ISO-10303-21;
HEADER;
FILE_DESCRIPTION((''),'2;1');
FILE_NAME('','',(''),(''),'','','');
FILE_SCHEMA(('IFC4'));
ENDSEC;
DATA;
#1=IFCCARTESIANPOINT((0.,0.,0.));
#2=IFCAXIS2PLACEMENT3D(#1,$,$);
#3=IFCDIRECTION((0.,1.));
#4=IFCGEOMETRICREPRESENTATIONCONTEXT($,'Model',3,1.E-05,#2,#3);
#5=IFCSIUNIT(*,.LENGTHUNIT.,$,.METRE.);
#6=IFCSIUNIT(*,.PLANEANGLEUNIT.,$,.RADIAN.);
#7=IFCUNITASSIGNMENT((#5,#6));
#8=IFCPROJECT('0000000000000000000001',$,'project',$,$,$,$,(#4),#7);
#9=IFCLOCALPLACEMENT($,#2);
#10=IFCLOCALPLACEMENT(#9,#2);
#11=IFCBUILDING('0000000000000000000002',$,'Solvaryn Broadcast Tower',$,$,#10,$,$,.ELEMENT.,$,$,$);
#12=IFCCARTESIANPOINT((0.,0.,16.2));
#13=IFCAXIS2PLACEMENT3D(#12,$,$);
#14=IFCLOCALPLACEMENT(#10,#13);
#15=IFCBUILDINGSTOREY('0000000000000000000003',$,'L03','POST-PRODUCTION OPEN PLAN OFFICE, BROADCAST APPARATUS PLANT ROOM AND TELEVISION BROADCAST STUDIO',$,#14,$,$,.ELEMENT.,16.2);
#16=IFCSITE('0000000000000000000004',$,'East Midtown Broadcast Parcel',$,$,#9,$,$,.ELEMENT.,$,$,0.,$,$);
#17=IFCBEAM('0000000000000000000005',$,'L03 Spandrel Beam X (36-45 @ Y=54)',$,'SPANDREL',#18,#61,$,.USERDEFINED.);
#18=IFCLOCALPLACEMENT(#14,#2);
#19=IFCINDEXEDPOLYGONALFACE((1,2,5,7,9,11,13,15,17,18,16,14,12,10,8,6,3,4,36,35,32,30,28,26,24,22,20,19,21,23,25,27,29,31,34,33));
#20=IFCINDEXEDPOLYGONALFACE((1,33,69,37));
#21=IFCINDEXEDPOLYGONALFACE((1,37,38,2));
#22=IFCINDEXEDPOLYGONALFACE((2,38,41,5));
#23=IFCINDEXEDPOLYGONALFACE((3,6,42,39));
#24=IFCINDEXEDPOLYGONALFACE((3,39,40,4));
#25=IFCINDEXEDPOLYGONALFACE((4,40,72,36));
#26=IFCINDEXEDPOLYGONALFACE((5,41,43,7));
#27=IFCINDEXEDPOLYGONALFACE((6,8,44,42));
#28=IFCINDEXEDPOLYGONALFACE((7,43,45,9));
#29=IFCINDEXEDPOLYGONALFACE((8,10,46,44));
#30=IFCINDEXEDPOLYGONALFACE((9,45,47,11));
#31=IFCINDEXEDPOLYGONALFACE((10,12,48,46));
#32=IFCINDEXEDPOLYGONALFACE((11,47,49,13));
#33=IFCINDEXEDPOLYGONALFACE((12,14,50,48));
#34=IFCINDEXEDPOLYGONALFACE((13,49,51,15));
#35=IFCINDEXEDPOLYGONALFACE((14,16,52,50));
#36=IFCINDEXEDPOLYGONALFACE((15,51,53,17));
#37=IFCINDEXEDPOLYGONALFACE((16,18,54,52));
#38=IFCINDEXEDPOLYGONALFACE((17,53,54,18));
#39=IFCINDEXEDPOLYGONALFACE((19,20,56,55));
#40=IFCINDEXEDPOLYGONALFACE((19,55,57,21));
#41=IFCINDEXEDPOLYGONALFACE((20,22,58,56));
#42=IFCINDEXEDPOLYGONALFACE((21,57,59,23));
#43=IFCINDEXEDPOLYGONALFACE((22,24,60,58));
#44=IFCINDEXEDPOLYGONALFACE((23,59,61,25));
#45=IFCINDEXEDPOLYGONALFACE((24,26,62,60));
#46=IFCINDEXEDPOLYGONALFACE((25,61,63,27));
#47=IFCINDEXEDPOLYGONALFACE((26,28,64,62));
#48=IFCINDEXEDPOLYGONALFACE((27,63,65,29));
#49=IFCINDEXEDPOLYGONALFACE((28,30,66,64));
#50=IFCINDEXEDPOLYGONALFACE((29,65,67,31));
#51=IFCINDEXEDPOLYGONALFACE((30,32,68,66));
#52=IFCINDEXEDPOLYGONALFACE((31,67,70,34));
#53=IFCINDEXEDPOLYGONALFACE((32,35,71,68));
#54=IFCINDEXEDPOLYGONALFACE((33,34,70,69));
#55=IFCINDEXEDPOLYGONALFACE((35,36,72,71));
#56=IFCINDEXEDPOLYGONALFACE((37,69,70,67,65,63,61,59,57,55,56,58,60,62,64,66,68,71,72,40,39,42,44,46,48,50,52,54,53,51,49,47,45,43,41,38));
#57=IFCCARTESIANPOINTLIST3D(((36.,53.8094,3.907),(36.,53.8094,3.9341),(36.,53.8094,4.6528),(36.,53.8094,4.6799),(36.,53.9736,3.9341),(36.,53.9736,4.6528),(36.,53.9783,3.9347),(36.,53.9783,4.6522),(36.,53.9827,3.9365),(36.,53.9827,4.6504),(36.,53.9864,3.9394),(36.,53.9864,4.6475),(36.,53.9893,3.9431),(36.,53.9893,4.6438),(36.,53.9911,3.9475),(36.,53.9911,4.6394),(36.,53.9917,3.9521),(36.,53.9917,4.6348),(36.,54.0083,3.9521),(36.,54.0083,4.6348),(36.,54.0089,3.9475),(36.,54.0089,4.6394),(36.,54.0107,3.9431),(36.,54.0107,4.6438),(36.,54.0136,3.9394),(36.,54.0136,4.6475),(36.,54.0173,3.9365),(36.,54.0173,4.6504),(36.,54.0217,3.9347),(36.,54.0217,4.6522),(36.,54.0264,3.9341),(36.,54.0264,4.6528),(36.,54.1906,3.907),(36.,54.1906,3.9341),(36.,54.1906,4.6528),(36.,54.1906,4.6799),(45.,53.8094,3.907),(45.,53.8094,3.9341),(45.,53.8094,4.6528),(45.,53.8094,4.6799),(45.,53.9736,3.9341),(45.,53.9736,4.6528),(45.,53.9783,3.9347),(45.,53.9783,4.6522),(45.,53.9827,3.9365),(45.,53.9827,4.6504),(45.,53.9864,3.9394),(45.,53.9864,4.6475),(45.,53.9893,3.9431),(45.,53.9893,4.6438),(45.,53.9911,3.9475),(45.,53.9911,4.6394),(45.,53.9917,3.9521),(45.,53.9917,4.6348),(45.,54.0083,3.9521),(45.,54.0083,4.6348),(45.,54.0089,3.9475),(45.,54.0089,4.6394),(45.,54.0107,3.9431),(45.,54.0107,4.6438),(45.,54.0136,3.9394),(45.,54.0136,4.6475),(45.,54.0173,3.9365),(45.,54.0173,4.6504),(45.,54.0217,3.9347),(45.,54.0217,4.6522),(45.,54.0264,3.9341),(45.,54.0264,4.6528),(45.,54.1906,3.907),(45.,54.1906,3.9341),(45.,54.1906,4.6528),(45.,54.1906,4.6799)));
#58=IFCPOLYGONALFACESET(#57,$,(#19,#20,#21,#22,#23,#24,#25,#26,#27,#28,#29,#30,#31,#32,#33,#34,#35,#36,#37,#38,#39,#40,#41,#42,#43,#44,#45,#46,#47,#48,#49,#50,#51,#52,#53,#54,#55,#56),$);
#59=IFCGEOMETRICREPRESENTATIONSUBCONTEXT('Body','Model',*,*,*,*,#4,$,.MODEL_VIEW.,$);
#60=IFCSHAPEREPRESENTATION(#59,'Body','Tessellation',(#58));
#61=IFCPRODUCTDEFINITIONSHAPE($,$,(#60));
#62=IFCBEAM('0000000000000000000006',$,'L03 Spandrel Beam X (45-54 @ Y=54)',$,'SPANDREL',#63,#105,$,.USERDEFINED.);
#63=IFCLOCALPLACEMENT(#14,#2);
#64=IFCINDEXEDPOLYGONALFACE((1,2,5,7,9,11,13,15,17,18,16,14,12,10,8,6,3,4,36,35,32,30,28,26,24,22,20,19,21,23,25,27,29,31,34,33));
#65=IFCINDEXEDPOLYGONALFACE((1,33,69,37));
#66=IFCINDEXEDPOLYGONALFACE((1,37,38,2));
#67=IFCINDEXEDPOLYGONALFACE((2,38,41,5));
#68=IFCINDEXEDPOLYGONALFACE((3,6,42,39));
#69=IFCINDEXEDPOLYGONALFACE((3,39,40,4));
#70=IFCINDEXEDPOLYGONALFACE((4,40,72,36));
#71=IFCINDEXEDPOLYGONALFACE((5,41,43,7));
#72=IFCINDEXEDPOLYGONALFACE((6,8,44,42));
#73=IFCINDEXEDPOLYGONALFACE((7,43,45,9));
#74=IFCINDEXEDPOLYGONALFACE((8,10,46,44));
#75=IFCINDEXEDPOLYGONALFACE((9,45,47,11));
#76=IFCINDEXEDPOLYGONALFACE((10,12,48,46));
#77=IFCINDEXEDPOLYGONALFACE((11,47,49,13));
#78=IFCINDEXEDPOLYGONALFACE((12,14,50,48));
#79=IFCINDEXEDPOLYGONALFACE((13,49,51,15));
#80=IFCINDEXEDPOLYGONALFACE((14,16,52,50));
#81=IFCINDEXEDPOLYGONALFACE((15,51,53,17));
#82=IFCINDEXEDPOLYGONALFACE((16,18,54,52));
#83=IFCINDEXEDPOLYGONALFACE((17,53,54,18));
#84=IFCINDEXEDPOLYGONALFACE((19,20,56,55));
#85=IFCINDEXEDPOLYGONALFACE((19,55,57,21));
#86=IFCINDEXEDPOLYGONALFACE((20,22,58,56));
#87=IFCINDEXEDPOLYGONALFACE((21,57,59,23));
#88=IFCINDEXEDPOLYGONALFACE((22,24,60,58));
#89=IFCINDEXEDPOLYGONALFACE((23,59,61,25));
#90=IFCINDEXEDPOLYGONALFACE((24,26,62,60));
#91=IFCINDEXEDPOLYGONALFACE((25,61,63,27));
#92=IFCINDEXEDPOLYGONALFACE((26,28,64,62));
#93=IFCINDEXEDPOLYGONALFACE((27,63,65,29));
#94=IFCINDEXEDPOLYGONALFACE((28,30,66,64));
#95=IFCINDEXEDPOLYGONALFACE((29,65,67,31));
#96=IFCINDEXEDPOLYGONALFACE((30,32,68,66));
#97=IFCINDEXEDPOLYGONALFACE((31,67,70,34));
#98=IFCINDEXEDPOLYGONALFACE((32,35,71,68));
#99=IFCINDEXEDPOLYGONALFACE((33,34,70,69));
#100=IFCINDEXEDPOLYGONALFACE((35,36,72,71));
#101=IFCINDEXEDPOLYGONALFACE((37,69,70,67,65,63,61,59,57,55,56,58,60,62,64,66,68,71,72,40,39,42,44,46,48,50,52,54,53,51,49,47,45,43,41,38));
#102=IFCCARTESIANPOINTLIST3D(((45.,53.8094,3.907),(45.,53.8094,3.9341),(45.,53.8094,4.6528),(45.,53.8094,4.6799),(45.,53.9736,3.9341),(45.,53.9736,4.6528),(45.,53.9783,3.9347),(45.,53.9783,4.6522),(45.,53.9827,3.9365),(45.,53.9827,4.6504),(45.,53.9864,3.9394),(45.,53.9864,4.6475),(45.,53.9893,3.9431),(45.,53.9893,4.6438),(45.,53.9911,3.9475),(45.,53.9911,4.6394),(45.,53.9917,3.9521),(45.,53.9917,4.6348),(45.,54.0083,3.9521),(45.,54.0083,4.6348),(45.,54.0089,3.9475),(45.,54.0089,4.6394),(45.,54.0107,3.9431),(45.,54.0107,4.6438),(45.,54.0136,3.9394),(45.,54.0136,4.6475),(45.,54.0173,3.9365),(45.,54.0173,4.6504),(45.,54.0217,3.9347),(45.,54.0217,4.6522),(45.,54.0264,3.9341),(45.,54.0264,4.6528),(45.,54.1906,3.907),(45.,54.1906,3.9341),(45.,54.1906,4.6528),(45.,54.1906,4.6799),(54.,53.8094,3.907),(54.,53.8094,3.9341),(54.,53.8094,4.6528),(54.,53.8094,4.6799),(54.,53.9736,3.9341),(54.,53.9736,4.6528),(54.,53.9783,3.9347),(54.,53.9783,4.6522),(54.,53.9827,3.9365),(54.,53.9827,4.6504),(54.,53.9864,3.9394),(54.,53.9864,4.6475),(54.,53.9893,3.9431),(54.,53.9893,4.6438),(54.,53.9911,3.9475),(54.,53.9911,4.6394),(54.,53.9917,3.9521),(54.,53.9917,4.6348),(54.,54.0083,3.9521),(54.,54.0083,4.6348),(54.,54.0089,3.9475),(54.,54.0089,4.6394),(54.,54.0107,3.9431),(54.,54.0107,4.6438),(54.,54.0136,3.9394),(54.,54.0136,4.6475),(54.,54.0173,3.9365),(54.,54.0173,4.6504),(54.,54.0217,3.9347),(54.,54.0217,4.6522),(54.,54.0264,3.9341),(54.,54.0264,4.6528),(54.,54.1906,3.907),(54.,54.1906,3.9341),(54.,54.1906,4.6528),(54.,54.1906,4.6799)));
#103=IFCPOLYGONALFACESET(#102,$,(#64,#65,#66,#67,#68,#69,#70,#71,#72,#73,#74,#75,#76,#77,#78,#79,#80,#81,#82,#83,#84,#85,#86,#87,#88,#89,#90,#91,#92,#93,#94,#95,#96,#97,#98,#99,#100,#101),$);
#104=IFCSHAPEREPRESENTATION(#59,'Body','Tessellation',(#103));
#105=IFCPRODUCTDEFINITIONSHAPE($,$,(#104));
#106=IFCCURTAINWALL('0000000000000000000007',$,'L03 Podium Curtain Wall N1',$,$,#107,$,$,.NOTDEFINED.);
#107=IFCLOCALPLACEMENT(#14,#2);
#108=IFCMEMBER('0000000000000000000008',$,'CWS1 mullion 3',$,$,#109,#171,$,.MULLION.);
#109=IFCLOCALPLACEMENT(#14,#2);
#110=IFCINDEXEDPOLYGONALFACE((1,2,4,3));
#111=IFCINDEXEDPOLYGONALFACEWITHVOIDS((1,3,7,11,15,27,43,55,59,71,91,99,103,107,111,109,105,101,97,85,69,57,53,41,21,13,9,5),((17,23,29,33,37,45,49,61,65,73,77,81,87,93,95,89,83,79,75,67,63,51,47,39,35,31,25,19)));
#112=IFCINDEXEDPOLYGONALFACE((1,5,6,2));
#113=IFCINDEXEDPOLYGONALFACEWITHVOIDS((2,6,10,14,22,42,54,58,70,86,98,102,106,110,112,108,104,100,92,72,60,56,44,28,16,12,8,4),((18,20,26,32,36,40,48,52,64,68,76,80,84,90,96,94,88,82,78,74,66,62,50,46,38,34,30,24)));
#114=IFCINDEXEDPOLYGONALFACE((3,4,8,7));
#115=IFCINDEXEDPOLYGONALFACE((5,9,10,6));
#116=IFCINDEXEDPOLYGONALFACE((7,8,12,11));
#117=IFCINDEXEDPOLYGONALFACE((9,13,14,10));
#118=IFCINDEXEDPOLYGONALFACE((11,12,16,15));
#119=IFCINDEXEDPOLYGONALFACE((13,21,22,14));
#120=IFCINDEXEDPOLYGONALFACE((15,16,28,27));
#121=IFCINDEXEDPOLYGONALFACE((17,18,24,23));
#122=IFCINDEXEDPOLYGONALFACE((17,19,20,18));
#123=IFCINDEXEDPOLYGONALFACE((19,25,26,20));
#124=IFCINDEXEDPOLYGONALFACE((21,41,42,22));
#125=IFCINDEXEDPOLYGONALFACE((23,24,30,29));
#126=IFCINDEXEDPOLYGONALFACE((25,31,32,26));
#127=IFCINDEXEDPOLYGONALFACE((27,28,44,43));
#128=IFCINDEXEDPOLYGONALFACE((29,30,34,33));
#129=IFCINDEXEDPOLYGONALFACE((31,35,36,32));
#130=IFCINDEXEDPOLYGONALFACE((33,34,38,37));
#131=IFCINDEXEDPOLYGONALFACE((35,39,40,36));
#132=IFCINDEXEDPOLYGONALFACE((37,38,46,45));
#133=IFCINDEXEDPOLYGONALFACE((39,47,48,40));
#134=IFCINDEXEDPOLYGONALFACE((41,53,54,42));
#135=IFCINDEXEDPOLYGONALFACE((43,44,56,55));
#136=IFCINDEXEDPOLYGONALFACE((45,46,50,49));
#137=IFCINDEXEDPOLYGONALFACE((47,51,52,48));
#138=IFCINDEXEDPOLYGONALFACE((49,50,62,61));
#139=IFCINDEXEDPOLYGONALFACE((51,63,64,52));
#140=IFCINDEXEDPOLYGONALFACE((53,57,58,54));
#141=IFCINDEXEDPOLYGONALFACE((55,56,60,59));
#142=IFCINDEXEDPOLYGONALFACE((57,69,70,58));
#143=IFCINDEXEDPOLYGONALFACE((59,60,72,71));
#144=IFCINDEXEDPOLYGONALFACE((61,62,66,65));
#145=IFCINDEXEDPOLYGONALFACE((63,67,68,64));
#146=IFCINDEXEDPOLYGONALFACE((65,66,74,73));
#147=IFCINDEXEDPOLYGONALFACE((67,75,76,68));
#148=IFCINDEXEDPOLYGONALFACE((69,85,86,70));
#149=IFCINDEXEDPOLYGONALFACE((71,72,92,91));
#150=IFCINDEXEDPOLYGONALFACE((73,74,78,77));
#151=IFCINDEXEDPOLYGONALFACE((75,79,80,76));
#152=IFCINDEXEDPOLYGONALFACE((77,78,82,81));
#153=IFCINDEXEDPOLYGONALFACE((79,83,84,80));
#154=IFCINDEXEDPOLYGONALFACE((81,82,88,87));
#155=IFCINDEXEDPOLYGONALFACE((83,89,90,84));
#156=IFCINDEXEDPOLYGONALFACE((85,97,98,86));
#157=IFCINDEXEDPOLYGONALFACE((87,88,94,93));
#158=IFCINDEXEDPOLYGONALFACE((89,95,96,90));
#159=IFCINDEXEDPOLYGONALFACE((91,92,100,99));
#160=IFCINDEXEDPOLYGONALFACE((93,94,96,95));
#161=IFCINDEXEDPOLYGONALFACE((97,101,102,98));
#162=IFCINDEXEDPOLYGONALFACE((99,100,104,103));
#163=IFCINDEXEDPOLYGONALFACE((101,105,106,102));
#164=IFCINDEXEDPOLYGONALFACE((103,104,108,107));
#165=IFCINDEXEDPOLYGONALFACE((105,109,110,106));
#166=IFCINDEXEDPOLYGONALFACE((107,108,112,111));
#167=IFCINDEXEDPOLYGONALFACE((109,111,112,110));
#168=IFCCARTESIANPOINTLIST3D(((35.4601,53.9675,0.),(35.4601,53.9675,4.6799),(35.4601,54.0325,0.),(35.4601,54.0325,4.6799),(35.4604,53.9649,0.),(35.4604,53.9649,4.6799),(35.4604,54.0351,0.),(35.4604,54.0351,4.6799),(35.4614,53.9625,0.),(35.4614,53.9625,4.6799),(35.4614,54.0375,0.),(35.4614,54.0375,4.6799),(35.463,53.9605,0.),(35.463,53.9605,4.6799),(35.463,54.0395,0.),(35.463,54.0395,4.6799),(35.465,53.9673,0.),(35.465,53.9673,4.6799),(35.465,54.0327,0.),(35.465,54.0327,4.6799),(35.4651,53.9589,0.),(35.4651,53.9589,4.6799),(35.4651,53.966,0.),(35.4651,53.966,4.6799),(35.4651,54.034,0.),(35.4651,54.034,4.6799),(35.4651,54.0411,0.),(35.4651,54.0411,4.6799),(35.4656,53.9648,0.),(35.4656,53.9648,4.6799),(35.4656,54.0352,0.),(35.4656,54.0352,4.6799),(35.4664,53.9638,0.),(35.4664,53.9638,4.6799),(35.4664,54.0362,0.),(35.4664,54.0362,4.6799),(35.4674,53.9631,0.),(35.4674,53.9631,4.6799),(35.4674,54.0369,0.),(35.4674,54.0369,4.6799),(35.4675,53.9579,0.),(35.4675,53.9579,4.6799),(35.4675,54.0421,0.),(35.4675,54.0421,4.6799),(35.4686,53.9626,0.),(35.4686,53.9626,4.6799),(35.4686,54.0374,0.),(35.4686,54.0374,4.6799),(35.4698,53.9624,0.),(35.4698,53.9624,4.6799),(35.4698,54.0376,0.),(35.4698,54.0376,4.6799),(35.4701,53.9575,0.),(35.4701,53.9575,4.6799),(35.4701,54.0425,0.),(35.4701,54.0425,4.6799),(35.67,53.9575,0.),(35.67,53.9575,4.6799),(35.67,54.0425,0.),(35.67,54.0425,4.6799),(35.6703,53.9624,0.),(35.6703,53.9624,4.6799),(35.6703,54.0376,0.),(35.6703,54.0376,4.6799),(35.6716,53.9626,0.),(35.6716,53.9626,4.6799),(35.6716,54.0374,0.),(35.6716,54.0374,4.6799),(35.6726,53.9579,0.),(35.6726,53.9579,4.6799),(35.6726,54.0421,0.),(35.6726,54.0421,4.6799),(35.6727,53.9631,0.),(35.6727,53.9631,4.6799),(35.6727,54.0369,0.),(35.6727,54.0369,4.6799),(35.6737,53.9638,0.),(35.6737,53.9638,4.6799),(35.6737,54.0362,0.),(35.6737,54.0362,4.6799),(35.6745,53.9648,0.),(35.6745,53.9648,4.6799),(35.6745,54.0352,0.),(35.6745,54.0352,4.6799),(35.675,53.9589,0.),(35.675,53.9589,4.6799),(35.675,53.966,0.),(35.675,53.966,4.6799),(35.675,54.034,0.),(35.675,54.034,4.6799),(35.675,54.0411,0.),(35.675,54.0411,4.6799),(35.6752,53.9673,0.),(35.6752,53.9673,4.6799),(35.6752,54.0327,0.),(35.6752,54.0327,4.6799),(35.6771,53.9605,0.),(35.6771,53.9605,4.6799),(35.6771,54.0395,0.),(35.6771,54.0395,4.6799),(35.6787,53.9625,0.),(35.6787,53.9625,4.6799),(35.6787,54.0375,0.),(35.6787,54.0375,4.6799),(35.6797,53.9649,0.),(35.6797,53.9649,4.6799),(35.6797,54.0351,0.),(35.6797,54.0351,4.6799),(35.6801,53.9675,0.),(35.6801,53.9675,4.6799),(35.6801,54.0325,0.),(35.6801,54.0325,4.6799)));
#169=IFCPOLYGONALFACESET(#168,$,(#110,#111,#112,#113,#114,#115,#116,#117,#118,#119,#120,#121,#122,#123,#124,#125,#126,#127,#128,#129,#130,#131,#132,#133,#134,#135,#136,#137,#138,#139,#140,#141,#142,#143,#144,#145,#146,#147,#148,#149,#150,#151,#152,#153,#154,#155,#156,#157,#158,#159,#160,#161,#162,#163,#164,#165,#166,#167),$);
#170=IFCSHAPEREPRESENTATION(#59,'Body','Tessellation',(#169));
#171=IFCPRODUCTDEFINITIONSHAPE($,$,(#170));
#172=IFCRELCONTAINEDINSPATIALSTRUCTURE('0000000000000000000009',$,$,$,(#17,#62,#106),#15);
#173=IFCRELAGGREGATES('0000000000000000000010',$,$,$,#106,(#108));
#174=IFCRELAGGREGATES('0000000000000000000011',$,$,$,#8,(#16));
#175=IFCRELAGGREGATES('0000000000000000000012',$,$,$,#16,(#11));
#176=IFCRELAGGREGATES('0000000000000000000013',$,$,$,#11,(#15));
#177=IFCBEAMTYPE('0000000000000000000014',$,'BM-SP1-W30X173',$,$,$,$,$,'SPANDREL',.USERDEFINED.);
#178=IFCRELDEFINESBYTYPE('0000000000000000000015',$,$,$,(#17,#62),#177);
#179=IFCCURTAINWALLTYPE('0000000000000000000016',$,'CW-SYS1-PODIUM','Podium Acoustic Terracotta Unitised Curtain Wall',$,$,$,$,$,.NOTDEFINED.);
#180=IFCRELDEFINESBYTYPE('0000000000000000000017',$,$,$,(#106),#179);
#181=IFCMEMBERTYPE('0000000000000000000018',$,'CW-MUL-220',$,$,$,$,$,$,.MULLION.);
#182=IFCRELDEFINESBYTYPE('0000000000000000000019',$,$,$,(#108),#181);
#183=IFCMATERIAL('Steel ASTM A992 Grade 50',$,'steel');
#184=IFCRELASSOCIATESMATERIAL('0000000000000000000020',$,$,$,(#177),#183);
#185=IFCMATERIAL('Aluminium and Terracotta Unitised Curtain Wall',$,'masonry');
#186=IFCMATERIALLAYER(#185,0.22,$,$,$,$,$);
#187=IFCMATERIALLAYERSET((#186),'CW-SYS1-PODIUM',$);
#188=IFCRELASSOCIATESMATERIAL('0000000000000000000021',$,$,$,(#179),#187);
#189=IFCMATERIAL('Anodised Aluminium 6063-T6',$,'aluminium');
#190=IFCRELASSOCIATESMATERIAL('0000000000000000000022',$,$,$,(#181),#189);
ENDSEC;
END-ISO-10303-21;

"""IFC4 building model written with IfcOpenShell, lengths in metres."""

from ifc_helpers import new_model, si_unit, direction, frame, origin, origin_2d, place, context, subcontext, project, spatial, hollow_rectangle, i_section, extrude, material, layer, layer_set, material_profile, profile_set, type_object, element, aggregate, save


model = new_model("IFC4")

# Units and contexts
model_context = context("Model", 3, precision=1e-05, world=origin(), true_north=direction((0.0, 1.0)))
body_context = subcontext(model_context, "Body", "Model", "MODEL_VIEW")
ifc_project = project(units=[si_unit("LENGTHUNIT", "METRE"), si_unit("PLANEANGLEUNIT", "RADIAN")], contexts=[model_context])

# Site, building, storey
site_placement = place(None, origin())
site = spatial("IfcSite", under=ifc_project, at=site_placement, Name="East Midtown Broadcast Parcel", CompositionType="ELEMENT", RefElevation=0.0)
building_placement = place(site_placement, origin())
building = spatial("IfcBuilding", under=site, at=building_placement, Name="Solvaryn Broadcast Tower", CompositionType="ELEMENT")
storey_placement = place(building_placement, frame((0.0, 0.0, 16.2)))
storey = spatial("IfcBuildingStorey", under=building, at=storey_placement, Name="L03", Description="POST-PRODUCTION OPEN PLAN OFFICE, BROADCAST APPARATUS PLANT ROOM AND TELEVISION BROADCAST STUDIO", CompositionType="ELEMENT", Elevation=16.2)

# Beams
ifc_material_1 = material(Name="Steel ASTM A992 Grade 50", Category="steel")
ifc_material_profile_1 = material_profile(ifc_material_1, i_section(OverallWidth=0.3811, OverallDepth=0.7729, WebThickness=0.0166, FlangeThickness=0.0271, FilletRadius=0.0181, at=origin_2d()))
ifc_profile_set_1 = profile_set([ifc_material_profile_1], Name="Steel ASTM A992 Grade 50")
beam_type_1 = type_object("IfcBeamType", Name="BM-SP1-W30X173", ElementType="SPANDREL", PredefinedType="USERDEFINED", material=ifc_profile_set_1)
for number, where, z_axis, x_axis, name in (
    (1, (36.0, 54.0, 4.2935), (1.0, 0.0, 0.0), (0.0, 1.0, 0.0), "L03 Spandrel Beam X (36-45 @ Y=54)"),
    (2, (45.0, 54.0, 4.2935), (1.0, 0.0, 0.0), (0.0, 1.0, 0.0), "L03 Spandrel Beam X (45-54 @ Y=54)"),
):
    element("IfcBeam", number, at=place(storey_placement, frame(where, z_axis=z_axis, x_axis=x_axis)), inside=storey, type_object=beam_type_1, Name=name, ObjectType="SPANDREL", PredefinedType="USERDEFINED", context=body_context, shape_type="SweptSolid", body=[
        extrude(i_section(OverallWidth=0.3811, OverallDepth=0.7729, WebThickness=0.0166, FlangeThickness=0.0271, FilletRadius=0.0181, at=origin_2d()), origin(), (0.0, 0.0, 1.0), 9.0),
    ])

# Curtain wall, member
ifc_material_2 = material(Name="Aluminium and Terracotta Unitised Curtain Wall", Category="masonry")
ifc_layer_1 = layer(ifc_material_2, 0.22)
ifc_layer_set_1 = layer_set([ifc_layer_1], Name="CW-SYS1-PODIUM")
curtain_wall_type = type_object("IfcCurtainWallType", Name="CW-SYS1-PODIUM", Description="Podium Acoustic Terracotta Unitised Curtain Wall", PredefinedType="NOTDEFINED", material=ifc_layer_set_1)
curtain_wall_1_placement = place(storey_placement, origin())
curtain_wall_1 = element("IfcCurtainWall", 3, at=curtain_wall_1_placement, inside=storey, type_object=curtain_wall_type, Name="L03 Podium Curtain Wall N1", PredefinedType="NOTDEFINED")
ifc_material_3 = material(Name="Anodised Aluminium 6063-T6", Category="aluminium")
ifc_material_profile_2 = material_profile(ifc_material_3, hollow_rectangle(XDim=0.085, YDim=0.22, WallThickness=0.0049, InnerFilletRadius=0.0049, OuterFilletRadius=0.01, at=origin_2d()))
ifc_profile_set_2 = profile_set([ifc_material_profile_2], Name="Anodised Aluminium 6063-T6")
member_type_1 = type_object("IfcMemberType", Name="CW-MUL-220", PredefinedType="MULLION", material=ifc_profile_set_2)
member_1_placement = place(storey_placement, frame((35.5701, 54.0, 0.0), z_axis=(0.0, 0.0, 1.0), x_axis=(0.0, 1.0, 0.0)))
member_1 = element("IfcMember", 4, at=member_1_placement, type_object=member_type_1, Name="CWS1 mullion 3", PredefinedType="MULLION", context=body_context, shape_type="SweptSolid", body=[
    extrude(hollow_rectangle(XDim=0.085, YDim=0.22, WallThickness=0.0049, InnerFilletRadius=0.0049, OuterFilletRadius=0.01, at=origin_2d()), origin(), (0.0, 0.0, 1.0), 4.6799),
])
aggregate(curtain_wall_1, [member_1])

save(model, "model.ifc")
